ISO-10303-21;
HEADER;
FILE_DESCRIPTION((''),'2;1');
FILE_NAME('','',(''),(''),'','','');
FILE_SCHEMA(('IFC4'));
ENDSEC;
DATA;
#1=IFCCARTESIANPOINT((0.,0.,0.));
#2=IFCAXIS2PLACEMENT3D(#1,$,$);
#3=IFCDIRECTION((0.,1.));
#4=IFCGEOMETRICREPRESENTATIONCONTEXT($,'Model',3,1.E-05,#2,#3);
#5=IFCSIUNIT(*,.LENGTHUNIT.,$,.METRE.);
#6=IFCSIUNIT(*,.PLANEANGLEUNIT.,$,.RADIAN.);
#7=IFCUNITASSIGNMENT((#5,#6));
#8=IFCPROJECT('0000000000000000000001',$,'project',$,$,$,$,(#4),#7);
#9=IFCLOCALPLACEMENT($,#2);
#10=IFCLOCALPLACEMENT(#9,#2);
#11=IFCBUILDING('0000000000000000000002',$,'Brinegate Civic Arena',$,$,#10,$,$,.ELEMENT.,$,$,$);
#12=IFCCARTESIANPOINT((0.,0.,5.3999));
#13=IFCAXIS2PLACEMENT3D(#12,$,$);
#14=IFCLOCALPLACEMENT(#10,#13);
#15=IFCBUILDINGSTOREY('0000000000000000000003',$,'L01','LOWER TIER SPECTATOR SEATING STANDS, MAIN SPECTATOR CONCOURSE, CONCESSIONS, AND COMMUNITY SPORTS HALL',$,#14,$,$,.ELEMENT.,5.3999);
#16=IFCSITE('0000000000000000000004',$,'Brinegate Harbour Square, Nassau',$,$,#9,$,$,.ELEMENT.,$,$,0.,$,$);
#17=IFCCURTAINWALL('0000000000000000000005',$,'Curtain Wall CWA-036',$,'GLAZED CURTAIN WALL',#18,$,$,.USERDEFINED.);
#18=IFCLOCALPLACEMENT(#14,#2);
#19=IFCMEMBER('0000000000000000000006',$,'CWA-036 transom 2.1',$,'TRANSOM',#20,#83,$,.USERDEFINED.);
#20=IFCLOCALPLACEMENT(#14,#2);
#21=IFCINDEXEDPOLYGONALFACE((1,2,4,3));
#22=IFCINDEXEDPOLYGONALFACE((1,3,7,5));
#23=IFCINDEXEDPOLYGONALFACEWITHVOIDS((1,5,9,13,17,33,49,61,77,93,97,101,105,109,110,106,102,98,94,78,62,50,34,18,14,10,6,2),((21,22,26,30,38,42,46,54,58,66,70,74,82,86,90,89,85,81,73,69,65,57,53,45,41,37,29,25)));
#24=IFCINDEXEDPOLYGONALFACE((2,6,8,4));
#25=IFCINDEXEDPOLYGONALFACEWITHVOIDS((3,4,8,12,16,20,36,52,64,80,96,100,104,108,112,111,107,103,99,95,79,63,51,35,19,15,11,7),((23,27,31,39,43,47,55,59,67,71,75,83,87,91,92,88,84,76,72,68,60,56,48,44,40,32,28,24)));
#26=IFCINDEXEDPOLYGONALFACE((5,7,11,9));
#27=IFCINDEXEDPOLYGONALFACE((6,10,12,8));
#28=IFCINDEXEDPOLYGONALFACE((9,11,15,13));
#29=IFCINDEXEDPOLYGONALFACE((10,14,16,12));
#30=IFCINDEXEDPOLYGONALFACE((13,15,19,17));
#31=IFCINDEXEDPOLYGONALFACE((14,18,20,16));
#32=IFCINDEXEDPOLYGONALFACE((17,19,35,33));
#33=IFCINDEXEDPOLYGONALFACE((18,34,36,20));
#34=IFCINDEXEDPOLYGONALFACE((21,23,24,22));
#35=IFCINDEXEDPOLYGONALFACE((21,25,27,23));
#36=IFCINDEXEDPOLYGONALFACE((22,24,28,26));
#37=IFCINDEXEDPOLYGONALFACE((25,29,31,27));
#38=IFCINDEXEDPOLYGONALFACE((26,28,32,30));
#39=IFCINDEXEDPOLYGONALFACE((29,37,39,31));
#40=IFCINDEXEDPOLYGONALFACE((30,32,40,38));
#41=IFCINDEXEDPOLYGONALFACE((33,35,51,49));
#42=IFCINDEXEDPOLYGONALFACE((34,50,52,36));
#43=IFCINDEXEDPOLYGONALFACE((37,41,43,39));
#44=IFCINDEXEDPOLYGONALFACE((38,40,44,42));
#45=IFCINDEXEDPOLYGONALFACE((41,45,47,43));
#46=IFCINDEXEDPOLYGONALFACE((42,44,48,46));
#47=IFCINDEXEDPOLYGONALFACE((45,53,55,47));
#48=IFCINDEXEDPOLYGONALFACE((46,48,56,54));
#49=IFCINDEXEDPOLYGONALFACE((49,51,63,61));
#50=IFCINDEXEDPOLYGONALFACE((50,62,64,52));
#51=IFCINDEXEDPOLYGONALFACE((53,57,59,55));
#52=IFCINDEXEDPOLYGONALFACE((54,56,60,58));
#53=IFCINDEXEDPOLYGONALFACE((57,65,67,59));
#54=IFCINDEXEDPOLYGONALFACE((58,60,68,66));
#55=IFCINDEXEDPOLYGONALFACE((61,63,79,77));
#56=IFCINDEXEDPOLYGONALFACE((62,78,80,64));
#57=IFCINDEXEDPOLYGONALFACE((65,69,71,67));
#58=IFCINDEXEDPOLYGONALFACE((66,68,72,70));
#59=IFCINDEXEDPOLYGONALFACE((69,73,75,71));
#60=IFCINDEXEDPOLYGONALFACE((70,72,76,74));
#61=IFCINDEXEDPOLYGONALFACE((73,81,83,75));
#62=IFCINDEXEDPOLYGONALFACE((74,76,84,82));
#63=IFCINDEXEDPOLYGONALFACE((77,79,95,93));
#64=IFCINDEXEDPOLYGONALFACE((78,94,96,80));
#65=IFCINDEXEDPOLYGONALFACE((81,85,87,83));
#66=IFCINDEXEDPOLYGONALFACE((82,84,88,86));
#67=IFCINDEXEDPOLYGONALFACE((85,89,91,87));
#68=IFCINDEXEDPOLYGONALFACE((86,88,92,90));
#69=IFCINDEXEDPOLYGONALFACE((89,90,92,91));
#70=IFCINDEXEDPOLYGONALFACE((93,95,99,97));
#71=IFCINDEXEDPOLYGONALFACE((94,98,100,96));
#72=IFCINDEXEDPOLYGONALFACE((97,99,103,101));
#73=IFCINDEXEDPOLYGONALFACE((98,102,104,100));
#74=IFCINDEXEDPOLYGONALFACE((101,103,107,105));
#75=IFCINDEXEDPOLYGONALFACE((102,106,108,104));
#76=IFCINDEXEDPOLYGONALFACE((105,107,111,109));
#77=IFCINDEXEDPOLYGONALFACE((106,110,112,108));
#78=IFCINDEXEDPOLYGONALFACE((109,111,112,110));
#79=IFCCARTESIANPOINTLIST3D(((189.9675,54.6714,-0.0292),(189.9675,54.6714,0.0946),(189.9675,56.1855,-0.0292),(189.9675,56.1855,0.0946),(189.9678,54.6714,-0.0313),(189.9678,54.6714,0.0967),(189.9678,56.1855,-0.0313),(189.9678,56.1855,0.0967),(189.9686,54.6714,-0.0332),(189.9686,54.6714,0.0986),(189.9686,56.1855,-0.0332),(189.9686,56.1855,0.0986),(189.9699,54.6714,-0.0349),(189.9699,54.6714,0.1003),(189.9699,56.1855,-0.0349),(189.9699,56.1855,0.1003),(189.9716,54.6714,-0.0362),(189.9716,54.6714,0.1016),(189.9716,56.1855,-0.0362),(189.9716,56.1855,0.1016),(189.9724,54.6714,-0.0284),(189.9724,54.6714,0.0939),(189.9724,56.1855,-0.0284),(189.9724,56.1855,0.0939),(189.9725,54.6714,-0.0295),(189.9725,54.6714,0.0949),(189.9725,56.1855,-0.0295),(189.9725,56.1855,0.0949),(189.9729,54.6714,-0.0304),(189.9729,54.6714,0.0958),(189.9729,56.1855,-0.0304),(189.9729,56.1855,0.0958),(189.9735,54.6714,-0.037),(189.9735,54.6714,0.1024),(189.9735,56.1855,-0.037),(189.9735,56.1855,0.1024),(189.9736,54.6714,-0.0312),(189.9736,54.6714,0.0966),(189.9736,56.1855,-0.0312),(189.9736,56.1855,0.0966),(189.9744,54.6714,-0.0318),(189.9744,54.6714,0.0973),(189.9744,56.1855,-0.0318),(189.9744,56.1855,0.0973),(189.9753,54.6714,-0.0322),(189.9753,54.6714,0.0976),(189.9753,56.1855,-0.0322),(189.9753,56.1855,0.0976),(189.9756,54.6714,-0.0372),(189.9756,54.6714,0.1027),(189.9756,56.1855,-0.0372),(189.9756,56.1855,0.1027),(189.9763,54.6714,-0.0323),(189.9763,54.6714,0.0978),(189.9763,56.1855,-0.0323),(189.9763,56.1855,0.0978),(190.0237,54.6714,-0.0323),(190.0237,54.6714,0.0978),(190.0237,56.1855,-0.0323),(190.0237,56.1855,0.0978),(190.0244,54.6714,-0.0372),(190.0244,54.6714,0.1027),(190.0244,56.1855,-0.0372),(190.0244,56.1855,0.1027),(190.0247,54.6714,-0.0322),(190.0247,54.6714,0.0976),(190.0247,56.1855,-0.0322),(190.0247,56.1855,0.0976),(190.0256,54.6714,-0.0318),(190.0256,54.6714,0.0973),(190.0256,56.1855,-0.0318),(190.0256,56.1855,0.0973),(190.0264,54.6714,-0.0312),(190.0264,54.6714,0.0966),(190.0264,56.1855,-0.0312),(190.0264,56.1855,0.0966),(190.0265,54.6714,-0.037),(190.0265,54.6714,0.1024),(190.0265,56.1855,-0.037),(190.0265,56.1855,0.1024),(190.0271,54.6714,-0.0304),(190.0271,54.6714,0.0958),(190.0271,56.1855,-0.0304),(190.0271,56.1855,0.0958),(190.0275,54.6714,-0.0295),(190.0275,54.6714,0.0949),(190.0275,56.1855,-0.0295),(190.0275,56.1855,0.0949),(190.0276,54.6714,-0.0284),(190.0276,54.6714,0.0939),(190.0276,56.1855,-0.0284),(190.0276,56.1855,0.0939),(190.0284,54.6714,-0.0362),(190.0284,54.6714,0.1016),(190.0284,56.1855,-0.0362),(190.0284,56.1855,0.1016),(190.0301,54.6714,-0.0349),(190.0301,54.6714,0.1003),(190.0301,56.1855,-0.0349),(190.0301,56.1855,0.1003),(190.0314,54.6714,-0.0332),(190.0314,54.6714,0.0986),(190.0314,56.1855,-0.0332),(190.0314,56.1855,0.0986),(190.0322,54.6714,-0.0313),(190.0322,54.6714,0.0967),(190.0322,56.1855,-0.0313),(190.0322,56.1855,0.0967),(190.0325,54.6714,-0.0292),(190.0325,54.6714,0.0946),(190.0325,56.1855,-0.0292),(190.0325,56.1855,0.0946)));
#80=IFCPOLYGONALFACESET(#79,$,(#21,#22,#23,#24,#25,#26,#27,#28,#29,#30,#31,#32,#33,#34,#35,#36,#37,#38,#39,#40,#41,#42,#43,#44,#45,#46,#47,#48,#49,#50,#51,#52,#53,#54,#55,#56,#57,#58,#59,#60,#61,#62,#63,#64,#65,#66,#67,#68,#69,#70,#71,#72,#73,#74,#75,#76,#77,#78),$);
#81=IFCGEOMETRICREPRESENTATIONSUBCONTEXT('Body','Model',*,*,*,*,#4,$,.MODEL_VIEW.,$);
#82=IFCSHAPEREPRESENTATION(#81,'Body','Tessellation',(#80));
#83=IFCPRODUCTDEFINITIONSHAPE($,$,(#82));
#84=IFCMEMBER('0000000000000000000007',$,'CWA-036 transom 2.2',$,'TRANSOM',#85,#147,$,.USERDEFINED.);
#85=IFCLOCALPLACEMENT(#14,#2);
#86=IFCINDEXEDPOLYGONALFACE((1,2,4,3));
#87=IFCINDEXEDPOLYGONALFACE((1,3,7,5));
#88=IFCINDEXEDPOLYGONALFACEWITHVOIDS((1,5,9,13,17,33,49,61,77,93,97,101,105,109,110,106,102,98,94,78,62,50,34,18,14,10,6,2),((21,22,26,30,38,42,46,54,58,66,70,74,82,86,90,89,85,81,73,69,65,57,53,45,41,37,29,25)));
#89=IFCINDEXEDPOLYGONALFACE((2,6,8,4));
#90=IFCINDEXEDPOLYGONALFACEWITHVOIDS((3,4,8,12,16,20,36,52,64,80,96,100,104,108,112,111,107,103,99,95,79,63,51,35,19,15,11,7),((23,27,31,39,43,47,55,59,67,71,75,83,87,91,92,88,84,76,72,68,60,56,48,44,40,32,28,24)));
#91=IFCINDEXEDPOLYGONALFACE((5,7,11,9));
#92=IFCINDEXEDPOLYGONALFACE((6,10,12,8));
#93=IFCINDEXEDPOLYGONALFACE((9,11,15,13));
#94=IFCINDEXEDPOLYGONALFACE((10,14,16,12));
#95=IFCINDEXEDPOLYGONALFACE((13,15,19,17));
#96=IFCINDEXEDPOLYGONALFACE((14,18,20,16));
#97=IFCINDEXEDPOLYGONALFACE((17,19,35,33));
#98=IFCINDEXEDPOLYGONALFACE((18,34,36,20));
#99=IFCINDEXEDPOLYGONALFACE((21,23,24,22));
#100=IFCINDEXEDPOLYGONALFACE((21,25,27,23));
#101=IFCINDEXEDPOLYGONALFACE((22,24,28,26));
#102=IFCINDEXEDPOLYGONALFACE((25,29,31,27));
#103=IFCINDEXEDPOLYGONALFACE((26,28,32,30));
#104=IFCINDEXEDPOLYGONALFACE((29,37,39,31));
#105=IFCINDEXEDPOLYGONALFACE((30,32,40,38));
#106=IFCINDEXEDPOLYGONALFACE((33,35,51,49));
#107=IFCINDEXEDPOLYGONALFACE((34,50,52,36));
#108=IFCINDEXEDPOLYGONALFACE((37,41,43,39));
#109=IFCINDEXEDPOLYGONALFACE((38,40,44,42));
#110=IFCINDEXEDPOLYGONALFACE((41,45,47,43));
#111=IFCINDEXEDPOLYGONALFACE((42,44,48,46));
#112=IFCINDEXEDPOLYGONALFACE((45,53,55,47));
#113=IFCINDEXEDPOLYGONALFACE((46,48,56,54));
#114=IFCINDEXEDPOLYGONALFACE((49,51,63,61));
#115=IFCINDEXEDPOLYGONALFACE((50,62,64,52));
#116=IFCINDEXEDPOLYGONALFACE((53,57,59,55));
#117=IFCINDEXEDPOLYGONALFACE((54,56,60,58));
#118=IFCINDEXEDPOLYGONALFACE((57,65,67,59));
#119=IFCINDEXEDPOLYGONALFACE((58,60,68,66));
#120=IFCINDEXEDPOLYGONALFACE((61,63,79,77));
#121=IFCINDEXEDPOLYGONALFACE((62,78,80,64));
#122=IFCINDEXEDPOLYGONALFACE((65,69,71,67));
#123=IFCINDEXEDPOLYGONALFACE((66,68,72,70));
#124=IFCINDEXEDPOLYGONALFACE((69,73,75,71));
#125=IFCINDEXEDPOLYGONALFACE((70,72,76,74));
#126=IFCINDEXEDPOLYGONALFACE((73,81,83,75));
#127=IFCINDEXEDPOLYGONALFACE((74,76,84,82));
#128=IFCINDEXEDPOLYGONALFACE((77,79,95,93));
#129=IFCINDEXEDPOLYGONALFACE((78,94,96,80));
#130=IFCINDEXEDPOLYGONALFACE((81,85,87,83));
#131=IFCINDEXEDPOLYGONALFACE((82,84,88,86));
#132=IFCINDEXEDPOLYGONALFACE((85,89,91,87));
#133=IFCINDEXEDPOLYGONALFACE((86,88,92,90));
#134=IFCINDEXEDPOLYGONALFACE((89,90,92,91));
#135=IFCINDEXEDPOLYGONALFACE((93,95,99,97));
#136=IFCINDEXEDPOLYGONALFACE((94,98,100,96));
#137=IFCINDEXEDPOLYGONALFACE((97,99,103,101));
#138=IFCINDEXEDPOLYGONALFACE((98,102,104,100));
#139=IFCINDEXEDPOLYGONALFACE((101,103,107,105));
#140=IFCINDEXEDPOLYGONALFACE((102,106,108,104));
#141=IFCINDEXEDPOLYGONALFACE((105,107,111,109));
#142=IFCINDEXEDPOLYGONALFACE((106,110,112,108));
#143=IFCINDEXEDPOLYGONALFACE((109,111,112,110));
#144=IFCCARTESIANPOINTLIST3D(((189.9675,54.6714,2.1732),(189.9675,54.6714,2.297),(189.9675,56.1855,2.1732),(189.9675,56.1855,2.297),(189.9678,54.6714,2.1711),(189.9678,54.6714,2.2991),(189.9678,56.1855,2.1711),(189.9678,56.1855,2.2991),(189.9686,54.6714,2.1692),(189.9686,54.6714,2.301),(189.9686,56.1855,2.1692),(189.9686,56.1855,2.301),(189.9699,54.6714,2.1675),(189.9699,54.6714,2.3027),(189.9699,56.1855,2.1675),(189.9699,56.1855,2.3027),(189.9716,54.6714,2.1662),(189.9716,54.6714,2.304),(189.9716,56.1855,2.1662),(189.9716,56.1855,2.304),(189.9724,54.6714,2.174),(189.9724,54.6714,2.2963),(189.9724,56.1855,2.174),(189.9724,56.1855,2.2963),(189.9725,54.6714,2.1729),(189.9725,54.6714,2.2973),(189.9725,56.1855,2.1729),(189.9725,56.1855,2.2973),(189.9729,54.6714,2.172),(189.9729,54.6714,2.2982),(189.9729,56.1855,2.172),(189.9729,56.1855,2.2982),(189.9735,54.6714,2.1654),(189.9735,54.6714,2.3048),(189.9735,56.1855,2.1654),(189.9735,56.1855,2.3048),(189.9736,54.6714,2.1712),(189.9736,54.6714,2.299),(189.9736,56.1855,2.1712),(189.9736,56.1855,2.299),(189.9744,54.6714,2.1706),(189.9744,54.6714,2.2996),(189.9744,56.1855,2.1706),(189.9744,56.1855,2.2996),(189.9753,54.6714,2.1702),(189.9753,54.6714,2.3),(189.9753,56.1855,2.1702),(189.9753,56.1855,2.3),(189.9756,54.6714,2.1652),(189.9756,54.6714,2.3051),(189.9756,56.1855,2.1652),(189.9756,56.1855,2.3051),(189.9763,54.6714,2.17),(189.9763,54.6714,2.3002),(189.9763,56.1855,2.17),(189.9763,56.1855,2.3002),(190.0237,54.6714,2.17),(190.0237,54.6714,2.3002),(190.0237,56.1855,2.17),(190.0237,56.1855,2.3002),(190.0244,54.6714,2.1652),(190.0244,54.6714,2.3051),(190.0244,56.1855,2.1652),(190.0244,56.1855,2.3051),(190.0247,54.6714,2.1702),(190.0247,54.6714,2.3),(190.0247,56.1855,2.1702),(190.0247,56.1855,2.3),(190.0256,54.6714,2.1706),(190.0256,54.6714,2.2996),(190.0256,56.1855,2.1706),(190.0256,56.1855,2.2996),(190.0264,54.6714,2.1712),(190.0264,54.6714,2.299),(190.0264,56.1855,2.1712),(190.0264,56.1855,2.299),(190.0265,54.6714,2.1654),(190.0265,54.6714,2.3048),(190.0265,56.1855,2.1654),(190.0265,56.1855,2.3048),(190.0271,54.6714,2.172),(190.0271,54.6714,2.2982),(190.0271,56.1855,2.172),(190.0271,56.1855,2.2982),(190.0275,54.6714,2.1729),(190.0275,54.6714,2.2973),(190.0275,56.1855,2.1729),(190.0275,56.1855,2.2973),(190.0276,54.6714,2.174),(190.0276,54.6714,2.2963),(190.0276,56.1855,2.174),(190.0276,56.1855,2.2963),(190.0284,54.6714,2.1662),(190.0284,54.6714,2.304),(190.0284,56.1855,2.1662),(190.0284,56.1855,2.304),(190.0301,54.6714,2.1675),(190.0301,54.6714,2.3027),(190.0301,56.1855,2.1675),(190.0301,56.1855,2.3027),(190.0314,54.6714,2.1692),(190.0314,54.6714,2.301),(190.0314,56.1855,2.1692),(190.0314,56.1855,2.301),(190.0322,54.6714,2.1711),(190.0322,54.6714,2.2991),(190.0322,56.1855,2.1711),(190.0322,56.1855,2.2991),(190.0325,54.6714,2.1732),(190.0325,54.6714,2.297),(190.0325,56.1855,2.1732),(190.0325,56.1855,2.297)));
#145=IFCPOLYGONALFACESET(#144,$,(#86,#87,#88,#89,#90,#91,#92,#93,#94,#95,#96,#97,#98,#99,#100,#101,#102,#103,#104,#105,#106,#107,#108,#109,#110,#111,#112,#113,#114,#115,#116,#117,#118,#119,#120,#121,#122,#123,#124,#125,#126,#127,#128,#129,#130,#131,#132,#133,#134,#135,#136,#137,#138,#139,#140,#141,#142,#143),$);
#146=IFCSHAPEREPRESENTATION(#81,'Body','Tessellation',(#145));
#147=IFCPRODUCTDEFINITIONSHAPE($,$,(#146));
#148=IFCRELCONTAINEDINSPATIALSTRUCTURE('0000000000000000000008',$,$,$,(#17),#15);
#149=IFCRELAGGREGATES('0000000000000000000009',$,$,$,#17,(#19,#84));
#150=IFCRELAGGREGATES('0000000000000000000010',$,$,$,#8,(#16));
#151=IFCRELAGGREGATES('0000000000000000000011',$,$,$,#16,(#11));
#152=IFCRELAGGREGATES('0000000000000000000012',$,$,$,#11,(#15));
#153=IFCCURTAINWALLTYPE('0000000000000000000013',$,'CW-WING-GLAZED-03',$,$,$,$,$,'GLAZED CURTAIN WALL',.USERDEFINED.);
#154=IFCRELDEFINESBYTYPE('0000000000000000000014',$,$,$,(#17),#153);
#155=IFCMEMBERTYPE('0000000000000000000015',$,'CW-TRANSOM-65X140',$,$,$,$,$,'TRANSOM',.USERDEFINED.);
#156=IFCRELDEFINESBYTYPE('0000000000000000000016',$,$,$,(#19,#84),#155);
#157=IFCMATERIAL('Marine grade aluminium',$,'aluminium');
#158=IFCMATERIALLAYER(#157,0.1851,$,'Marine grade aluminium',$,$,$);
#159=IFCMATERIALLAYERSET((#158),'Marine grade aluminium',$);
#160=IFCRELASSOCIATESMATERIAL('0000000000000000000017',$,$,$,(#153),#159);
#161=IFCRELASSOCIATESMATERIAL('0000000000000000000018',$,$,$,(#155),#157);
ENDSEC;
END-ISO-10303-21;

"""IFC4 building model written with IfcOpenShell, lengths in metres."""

from ifc_helpers import new_model, si_unit, direction, frame, origin, origin_2d, place, context, subcontext, project, spatial, hollow_rectangle, extrude, material, layer, layer_set, material_profile, profile_set, type_object, element, aggregate, save


model = new_model("IFC4")

# Units and contexts
model_context = context("Model", 3, precision=1e-05, world=origin(), true_north=direction((0.0, 1.0)))
body_context = subcontext(model_context, "Body", "Model", "MODEL_VIEW")
ifc_project = project(units=[si_unit("LENGTHUNIT", "METRE"), si_unit("PLANEANGLEUNIT", "RADIAN")], contexts=[model_context])

# Site, building, storey
site_placement = place(None, origin())
site = spatial("IfcSite", under=ifc_project, at=site_placement, Name="Brinegate Harbour Square, Nassau", CompositionType="ELEMENT", RefElevation=0.0)
building_placement = place(site_placement, origin())
building = spatial("IfcBuilding", under=site, at=building_placement, Name="Brinegate Civic Arena", CompositionType="ELEMENT")
storey_placement = place(building_placement, frame((0.0, 0.0, 5.3999)))
storey = spatial("IfcBuildingStorey", under=building, at=storey_placement, Name="L01", Description="LOWER TIER SPECTATOR SEATING STANDS, MAIN SPECTATOR CONCOURSE, CONCESSIONS, AND COMMUNITY SPORTS HALL", CompositionType="ELEMENT", Elevation=5.3999)

# Curtain wall, members
ifc_material_1 = material(Name="Marine grade aluminium", Category="aluminium")
ifc_layer_1 = layer(ifc_material_1, 0.1851, Name="Marine grade aluminium")
ifc_layer_set_1 = layer_set([ifc_layer_1], Name="Marine grade aluminium")
curtain_wall_type = type_object("IfcCurtainWallType", Name="CW-WING-GLAZED-03", ElementType="GLAZED CURTAIN WALL", PredefinedType="USERDEFINED", material=ifc_layer_set_1)
curtain_wall_placement = place(storey_placement, origin())
curtain_wall = element("IfcCurtainWall", 1, at=curtain_wall_placement, inside=storey, type_object=curtain_wall_type, Name="Curtain Wall CWA-036", ObjectType="GLAZED CURTAIN WALL", PredefinedType="USERDEFINED")
ifc_material_profile_1 = material_profile(ifc_material_1, hollow_rectangle(XDim=0.0649, YDim=0.1399, WallThickness=0.0049, InnerFilletRadius=0.0039, OuterFilletRadius=0.0081, at=origin_2d()), Name="TRN65X140")
ifc_profile_set_1 = profile_set([ifc_material_profile_1], Name="Marine grade aluminium")
member_type_1 = type_object("IfcMemberType", Name="CW-TRANSOM-65X140", ElementType="TRANSOM", PredefinedType="USERDEFINED", material=ifc_profile_set_1)
member_1_placement = place(storey_placement, frame((190.0, 54.6714, 0.0327), z_axis=(0.0, 1.0, 0.0), x_axis=(-1.0, 0.0, 0.0)))
member_1 = element("IfcMember", 2, at=member_1_placement, type_object=member_type_1, Name="CWA-036 transom 2.1", ObjectType="TRANSOM", PredefinedType="USERDEFINED", context=body_context, shape_type="SweptSolid", body=[
    extrude(hollow_rectangle(XDim=0.0649, YDim=0.1399, WallThickness=0.0049, InnerFilletRadius=0.0039, OuterFilletRadius=0.0081, at=origin_2d()), origin(), (0.0, 0.0, 1.0), 1.5142),
])
member_2_placement = place(storey_placement, frame((190.0, 54.6714, 2.2351), z_axis=(0.0, 1.0, 0.0), x_axis=(-1.0, 0.0, 0.0)))
member_2 = element("IfcMember", 3, at=member_2_placement, type_object=member_type_1, Name="CWA-036 transom 2.2", ObjectType="TRANSOM", PredefinedType="USERDEFINED", context=body_context, shape_type="SweptSolid", body=[
    extrude(hollow_rectangle(XDim=0.0649, YDim=0.1399, WallThickness=0.0049, InnerFilletRadius=0.0039, OuterFilletRadius=0.0081, at=origin_2d()), origin(), (0.0, 0.0, 1.0), 1.5142),
])

aggregate(curtain_wall, [member_1, member_2])

save(model, "model.ifc")
